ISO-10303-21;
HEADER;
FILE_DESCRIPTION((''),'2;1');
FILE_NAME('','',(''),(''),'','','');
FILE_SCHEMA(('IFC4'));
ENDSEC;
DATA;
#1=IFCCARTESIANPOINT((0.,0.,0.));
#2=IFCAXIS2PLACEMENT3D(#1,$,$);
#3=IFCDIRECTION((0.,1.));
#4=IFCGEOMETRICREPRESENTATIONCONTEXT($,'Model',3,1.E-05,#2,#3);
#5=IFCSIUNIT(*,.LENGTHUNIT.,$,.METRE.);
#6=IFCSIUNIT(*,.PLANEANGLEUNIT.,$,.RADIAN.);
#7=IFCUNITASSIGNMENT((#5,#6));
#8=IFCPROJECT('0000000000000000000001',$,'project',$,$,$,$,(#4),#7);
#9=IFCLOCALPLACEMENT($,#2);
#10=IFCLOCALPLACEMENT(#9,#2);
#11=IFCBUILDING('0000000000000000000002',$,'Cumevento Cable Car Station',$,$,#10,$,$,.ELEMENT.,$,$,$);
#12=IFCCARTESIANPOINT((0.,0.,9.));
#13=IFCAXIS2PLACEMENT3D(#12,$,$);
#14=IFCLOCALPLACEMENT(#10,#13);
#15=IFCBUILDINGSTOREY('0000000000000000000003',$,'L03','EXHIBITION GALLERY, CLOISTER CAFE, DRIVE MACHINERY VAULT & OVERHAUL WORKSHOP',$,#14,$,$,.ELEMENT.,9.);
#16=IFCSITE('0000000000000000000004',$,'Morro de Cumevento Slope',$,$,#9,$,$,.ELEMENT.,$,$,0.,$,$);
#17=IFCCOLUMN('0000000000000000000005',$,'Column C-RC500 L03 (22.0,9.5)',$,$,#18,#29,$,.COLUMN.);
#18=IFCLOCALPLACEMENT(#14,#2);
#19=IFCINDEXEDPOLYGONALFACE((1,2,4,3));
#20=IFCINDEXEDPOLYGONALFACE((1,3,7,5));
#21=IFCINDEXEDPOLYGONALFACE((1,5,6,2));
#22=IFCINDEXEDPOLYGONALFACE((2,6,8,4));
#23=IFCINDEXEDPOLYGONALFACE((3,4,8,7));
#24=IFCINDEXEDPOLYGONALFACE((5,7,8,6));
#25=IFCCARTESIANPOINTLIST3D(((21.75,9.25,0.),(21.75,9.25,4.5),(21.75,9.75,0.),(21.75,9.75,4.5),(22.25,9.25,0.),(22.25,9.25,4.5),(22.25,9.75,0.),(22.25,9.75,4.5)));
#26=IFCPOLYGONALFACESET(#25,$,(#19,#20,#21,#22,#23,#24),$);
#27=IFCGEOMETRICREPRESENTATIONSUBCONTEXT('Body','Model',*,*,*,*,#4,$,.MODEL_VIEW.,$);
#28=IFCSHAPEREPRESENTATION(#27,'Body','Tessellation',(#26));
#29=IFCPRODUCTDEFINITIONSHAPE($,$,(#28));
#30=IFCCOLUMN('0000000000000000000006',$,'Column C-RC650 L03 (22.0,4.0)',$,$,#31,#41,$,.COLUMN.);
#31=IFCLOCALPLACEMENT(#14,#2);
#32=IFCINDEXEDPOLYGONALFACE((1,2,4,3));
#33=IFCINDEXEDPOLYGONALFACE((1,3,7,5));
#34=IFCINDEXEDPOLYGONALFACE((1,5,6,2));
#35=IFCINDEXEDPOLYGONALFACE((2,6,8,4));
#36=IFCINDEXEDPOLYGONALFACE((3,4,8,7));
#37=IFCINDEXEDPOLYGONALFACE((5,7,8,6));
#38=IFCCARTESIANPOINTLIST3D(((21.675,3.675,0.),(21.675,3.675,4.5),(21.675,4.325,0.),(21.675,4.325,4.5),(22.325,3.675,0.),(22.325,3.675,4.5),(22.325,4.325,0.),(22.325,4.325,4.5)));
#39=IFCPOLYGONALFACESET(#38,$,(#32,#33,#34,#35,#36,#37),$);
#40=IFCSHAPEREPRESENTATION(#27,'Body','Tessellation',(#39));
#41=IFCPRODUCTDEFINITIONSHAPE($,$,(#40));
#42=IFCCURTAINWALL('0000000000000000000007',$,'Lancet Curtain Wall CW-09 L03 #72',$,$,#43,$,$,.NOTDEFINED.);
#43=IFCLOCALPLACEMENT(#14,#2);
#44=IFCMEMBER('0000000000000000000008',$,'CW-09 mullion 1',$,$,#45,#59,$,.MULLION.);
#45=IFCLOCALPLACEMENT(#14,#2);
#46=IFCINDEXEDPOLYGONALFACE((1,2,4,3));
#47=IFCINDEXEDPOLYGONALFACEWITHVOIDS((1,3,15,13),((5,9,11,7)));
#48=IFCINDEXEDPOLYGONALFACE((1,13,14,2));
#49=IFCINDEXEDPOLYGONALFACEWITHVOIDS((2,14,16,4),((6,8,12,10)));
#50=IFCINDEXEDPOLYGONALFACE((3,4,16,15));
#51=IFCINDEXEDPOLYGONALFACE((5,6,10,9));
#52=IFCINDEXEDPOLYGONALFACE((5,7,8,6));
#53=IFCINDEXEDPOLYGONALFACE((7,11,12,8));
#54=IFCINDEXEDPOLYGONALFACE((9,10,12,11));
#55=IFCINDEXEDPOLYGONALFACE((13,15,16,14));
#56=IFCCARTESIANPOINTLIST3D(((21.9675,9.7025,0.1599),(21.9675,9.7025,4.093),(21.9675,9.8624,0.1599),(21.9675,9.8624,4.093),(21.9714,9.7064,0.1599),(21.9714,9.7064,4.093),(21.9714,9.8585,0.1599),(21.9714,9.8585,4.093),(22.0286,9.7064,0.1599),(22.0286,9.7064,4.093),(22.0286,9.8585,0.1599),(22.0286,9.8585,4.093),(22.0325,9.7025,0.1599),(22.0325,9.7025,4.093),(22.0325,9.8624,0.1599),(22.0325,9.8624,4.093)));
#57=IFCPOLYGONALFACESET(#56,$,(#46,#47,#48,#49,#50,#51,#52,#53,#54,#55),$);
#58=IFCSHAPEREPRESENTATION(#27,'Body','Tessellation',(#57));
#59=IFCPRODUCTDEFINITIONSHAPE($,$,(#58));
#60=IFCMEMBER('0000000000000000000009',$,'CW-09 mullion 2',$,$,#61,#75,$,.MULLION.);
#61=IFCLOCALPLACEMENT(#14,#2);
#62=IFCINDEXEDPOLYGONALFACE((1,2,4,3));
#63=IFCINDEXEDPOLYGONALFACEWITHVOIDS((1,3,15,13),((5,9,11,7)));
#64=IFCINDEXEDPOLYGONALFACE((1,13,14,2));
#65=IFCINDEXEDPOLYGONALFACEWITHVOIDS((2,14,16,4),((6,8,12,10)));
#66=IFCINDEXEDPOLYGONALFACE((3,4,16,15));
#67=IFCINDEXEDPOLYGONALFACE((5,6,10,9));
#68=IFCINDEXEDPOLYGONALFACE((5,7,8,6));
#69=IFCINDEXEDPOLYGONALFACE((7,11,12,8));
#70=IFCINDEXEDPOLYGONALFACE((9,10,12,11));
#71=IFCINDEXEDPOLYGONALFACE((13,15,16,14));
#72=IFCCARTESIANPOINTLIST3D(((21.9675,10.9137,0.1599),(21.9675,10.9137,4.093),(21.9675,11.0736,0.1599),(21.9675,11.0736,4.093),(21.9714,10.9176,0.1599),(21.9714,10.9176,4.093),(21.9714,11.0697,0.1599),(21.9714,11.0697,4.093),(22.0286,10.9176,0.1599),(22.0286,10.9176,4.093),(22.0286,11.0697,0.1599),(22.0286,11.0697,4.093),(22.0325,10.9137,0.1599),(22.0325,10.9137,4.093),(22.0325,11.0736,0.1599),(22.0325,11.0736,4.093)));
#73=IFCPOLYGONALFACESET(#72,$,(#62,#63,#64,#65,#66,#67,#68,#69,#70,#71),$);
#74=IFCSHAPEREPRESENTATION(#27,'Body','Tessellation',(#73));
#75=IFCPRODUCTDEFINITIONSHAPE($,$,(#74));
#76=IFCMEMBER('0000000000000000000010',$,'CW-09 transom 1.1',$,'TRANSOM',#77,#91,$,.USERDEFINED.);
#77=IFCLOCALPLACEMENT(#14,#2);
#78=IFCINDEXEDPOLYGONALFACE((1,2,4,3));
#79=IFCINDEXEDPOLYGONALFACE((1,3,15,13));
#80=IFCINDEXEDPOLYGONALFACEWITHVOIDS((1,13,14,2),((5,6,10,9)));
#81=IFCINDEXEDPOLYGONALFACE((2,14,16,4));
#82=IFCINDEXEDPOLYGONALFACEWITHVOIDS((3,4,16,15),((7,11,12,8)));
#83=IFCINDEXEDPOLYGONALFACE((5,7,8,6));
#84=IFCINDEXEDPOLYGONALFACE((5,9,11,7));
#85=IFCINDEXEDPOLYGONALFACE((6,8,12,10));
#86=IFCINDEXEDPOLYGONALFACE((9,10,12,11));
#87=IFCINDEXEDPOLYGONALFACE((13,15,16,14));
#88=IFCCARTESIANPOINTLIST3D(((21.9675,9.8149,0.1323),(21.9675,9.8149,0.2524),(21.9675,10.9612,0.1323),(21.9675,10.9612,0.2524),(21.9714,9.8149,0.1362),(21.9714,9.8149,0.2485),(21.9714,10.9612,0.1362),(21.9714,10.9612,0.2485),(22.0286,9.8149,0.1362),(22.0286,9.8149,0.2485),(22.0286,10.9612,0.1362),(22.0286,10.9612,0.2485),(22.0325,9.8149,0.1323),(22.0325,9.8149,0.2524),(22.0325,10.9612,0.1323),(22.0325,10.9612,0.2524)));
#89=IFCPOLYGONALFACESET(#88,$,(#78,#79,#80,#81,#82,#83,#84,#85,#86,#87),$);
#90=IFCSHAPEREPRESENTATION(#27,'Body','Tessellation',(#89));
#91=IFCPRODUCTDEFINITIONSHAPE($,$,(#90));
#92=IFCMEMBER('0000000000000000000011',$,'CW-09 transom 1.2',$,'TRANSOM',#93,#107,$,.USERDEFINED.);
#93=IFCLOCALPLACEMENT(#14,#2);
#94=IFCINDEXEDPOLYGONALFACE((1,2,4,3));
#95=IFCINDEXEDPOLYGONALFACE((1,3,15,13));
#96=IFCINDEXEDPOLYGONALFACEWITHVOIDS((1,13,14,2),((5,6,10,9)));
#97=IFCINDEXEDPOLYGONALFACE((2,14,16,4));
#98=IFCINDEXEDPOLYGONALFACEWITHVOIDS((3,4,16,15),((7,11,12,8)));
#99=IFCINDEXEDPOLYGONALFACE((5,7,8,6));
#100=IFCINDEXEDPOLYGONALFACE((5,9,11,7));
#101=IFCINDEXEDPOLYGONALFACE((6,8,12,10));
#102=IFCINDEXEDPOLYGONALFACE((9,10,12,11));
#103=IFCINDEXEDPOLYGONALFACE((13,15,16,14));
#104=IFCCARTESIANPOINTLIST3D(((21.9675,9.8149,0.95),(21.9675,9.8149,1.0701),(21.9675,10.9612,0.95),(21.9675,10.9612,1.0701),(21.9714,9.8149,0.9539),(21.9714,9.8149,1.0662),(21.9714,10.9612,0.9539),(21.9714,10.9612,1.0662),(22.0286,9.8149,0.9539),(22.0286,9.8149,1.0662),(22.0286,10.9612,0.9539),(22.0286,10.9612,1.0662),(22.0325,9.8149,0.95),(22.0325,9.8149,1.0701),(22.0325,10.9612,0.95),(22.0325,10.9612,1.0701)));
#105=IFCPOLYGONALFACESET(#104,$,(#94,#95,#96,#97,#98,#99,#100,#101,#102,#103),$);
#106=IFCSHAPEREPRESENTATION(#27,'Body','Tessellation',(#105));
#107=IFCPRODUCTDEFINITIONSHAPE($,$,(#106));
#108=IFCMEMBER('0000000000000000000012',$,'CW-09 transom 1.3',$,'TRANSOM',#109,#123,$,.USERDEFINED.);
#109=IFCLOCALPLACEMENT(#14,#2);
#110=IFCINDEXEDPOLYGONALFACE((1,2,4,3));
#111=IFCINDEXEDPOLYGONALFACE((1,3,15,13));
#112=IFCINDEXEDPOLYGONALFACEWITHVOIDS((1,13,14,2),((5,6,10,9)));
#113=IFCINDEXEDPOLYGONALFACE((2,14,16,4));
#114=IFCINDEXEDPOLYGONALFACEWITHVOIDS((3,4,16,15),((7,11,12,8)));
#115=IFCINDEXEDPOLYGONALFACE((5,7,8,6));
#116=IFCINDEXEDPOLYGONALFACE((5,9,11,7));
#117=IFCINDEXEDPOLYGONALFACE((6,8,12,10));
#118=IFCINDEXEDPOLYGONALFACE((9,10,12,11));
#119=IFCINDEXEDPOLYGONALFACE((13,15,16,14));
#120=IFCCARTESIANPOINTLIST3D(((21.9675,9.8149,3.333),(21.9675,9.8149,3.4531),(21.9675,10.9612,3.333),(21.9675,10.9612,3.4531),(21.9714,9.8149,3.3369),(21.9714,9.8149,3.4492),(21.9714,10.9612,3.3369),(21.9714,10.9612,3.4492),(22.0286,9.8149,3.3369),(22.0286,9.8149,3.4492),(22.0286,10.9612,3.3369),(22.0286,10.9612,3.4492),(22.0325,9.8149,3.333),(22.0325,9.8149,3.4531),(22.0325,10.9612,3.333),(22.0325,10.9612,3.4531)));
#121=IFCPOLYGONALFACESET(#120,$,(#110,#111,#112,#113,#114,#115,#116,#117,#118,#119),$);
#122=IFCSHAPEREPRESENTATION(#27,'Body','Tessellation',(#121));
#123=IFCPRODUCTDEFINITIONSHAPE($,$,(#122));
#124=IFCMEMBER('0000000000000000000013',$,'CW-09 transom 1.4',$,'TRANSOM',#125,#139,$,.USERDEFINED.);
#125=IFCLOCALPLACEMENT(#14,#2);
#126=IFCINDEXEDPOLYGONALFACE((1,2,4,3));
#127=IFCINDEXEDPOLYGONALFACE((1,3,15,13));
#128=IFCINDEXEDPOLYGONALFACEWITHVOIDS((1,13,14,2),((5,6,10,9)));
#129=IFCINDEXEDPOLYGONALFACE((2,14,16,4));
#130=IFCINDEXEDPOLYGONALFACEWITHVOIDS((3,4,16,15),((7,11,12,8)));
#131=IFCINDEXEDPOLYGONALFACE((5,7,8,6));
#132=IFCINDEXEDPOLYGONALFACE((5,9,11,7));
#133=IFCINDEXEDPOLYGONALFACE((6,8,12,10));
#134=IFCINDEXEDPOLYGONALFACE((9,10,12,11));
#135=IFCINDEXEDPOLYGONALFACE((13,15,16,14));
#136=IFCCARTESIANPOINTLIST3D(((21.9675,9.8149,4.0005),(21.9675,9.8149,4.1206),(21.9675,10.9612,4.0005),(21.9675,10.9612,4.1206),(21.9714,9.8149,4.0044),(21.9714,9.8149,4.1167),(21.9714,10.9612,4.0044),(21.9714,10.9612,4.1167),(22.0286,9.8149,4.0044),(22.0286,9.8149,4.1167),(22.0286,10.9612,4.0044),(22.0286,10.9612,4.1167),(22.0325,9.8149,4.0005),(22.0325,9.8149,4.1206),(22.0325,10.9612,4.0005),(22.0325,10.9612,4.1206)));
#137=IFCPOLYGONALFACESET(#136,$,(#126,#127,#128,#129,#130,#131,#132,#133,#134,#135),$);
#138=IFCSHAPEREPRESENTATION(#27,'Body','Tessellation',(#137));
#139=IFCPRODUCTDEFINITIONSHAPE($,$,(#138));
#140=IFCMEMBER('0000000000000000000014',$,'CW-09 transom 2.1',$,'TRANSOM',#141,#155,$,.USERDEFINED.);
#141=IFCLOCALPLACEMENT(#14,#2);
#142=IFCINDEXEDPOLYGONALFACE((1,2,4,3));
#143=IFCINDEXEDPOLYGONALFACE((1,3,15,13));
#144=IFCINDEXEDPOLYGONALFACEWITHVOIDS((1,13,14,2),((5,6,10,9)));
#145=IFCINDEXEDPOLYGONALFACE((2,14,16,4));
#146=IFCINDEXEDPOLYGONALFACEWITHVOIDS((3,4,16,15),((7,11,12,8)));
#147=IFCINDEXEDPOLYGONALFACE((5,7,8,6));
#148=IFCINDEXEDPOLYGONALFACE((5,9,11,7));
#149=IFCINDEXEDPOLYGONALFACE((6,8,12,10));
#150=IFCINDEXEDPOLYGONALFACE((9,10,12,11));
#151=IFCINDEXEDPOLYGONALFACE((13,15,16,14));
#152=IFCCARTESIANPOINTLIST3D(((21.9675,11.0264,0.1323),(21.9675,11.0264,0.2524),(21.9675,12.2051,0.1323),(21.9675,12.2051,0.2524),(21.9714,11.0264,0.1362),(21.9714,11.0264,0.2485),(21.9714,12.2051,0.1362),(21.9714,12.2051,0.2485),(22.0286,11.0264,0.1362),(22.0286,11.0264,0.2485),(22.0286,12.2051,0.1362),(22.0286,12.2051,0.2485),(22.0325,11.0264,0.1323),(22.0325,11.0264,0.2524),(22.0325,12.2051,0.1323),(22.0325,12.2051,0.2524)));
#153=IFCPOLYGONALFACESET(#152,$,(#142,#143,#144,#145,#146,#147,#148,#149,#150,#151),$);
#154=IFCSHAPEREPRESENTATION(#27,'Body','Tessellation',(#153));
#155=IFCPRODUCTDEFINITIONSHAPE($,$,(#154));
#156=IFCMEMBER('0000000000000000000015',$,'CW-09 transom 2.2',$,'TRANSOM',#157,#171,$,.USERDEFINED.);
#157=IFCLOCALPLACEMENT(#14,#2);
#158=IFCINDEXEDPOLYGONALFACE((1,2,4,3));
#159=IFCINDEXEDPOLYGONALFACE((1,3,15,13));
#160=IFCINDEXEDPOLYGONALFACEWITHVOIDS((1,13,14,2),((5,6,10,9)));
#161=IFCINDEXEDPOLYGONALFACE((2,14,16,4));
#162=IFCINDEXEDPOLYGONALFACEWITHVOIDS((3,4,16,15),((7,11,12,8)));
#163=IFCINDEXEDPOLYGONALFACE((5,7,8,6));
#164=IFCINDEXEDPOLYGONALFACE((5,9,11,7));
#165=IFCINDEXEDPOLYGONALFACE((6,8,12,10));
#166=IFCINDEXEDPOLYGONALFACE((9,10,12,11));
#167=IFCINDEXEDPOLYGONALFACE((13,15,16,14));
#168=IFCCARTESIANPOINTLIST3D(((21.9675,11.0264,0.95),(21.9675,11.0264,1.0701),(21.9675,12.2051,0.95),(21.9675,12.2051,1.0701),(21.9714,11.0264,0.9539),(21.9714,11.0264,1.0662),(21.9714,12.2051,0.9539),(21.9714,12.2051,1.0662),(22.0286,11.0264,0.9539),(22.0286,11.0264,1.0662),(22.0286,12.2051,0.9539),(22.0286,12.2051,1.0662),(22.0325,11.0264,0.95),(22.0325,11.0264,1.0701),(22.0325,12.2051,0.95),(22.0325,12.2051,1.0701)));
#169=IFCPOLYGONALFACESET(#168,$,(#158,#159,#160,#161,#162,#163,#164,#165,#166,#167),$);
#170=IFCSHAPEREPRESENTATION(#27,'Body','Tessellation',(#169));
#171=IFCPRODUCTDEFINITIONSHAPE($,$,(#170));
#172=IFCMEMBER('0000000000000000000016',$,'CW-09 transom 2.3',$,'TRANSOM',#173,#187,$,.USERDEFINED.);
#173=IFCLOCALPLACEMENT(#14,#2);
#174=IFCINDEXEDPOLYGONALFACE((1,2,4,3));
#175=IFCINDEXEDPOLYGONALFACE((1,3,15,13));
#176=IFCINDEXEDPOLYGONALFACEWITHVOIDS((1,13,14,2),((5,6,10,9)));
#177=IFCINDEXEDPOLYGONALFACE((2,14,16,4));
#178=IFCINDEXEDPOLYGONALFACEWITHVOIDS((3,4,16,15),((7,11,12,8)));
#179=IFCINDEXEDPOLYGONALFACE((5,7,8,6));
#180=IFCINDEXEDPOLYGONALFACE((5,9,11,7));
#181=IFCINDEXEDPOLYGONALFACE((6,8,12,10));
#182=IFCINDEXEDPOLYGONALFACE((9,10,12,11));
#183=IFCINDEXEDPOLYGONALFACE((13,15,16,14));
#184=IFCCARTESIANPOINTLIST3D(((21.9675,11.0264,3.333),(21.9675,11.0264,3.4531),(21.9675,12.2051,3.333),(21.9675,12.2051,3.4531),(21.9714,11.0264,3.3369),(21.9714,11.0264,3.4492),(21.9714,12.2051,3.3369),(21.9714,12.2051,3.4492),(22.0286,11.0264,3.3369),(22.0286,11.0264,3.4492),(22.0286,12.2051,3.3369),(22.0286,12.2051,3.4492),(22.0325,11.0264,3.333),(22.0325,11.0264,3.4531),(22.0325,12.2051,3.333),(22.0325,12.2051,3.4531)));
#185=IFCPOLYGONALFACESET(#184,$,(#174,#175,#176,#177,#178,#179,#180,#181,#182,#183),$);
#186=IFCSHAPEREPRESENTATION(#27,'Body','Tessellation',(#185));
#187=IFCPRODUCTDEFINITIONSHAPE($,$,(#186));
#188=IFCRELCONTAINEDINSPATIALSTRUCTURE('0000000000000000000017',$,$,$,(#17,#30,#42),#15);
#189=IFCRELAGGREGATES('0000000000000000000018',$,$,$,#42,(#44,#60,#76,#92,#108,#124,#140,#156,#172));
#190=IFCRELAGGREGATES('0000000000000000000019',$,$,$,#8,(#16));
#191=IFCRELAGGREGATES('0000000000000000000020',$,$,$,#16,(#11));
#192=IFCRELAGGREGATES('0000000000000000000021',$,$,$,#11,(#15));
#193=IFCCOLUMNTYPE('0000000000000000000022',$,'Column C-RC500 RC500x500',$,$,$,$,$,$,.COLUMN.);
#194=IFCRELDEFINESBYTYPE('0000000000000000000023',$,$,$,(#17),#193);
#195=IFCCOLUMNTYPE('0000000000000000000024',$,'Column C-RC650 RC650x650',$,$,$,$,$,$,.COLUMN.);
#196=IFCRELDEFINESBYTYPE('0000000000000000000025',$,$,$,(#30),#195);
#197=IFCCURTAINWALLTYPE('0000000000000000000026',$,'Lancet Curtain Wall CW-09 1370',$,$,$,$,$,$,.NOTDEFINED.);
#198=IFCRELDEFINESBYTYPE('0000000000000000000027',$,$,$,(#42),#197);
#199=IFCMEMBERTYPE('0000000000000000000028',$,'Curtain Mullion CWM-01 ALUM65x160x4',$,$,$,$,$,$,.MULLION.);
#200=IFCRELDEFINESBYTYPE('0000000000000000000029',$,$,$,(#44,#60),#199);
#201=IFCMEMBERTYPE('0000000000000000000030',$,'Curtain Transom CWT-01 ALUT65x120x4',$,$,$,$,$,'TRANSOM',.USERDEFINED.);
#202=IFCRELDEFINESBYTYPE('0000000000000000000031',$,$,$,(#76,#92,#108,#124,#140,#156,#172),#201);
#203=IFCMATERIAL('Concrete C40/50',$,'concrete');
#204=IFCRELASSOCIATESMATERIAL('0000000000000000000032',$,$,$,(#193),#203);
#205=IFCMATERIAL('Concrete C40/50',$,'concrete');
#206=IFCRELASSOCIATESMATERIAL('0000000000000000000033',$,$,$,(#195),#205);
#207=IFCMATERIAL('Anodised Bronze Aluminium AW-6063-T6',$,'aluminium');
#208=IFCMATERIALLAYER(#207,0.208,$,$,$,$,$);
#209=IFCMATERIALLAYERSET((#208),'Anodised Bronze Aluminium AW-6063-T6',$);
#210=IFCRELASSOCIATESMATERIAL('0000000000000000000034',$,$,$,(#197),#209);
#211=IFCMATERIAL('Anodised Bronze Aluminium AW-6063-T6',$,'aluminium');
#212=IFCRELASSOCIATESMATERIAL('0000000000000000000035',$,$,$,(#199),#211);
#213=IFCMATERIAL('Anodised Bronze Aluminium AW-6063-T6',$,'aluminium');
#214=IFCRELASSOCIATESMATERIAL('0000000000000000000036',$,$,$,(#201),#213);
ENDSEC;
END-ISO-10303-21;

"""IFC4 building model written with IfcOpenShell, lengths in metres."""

from ifc_helpers import new_model, si_unit, direction, frame, origin, origin_2d, place, context, subcontext, project, spatial, rectangle, hollow_rectangle, extrude, material, layer, layer_set, material_profile, profile_set, type_object, element, aggregate, save


model = new_model("IFC4")

# Units and contexts
model_context = context("Model", 3, precision=1e-05, world=origin(), true_north=direction((0.0, 1.0)))
body_context = subcontext(model_context, "Body", "Model", "MODEL_VIEW")
ifc_project = project(units=[si_unit("LENGTHUNIT", "METRE"), si_unit("PLANEANGLEUNIT", "RADIAN")], contexts=[model_context])

# Site, building, storey
site_placement = place(None, origin())
site = spatial("IfcSite", under=ifc_project, at=site_placement, Name="Morro de Cumevento Slope", CompositionType="ELEMENT", RefElevation=0.0)
building_placement = place(site_placement, origin())
building = spatial("IfcBuilding", under=site, at=building_placement, Name="Cumevento Cable Car Station", CompositionType="ELEMENT")
storey_placement = place(building_placement, frame((0.0, 0.0, 9.0)))
storey = spatial("IfcBuildingStorey", under=building, at=storey_placement, Name="L03", Description="EXHIBITION GALLERY, CLOISTER CAFE, DRIVE MACHINERY VAULT & OVERHAUL WORKSHOP", CompositionType="ELEMENT", Elevation=9.0)

# Columns
ifc_material_1 = material(Name="Concrete C40/50", Category="concrete")
ifc_material_profile_1 = material_profile(ifc_material_1, rectangle(XDim=0.5, YDim=0.5, at=origin_2d()), Name="RC500x500")
ifc_profile_set_1 = profile_set([ifc_material_profile_1], Name="Concrete C40/50")
column_type_1 = type_object("IfcColumnType", Name="Column C-RC500 RC500x500", PredefinedType="COLUMN", material=ifc_profile_set_1)
column_1_placement = place(storey_placement, frame((22.0, 9.5, 0.0), z_axis=(0.0, 0.0, 1.0), x_axis=(1.0, 0.0, 0.0)))
element("IfcColumn", 1, at=column_1_placement, inside=storey, type_object=column_type_1, Name="Column C-RC500 L03 (22.0,9.5)", PredefinedType="COLUMN", context=body_context, shape_type="SweptSolid", body=[
    extrude(rectangle(XDim=0.5, YDim=0.5, at=origin_2d()), origin(), (0.0, 0.0, 1.0), 4.5),
])
ifc_material_2 = material(Name="Concrete C40/50", Category="concrete")
ifc_material_profile_2 = material_profile(ifc_material_2, rectangle(XDim=0.6499, YDim=0.6499, at=origin_2d()), Name="RC650x650")
ifc_profile_set_2 = profile_set([ifc_material_profile_2], Name="Concrete C40/50")
column_type_2 = type_object("IfcColumnType", Name="Column C-RC650 RC650x650", PredefinedType="COLUMN", material=ifc_profile_set_2)
column_2_placement = place(storey_placement, frame((22.0, 4.0, 0.0), z_axis=(0.0, 0.0, 1.0), x_axis=(1.0, 0.0, 0.0)))
element("IfcColumn", 2, at=column_2_placement, inside=storey, type_object=column_type_2, Name="Column C-RC650 L03 (22.0,4.0)", PredefinedType="COLUMN", context=body_context, shape_type="SweptSolid", body=[
    extrude(rectangle(XDim=0.6499, YDim=0.6499, at=origin_2d()), origin(), (0.0, 0.0, 1.0), 4.5),
])

# Curtain wall, members
ifc_material_3 = material(Name="Anodised Bronze Aluminium AW-6063-T6", Category="aluminium")
ifc_layer_1 = layer(ifc_material_3, 0.208)
ifc_layer_set_1 = layer_set([ifc_layer_1], Name="Anodised Bronze Aluminium AW-6063-T6")
curtain_wall_type = type_object("IfcCurtainWallType", Name="Lancet Curtain Wall CW-09 1370", PredefinedType="NOTDEFINED", material=ifc_layer_set_1)
curtain_wall_placement = place(storey_placement, origin())
curtain_wall = element("IfcCurtainWall", 3, at=curtain_wall_placement, inside=storey, type_object=curtain_wall_type, Name="Lancet Curtain Wall CW-09 L03 #72", PredefinedType="NOTDEFINED")
ifc_material_4 = material(Name="Anodised Bronze Aluminium AW-6063-T6", Category="aluminium")
ifc_material_profile_3 = material_profile(ifc_material_4, hollow_rectangle(XDim=0.0649, YDim=0.1599, WallThickness=0.0039, at=origin_2d()), Name="ALUM65x160x4")
ifc_profile_set_3 = profile_set([ifc_material_profile_3], Name="Anodised Bronze Aluminium AW-6063-T6")
member_type_1 = type_object("IfcMemberType", Name="Curtain Mullion CWM-01 ALUM65x160x4", PredefinedType="MULLION", material=ifc_profile_set_3)
member_1_placement = place(storey_placement, frame((22.0, 9.7825, 0.1599), z_axis=(0.0, 0.0, 1.0), x_axis=(-1.0, 0.0, 0.0)))
member_1 = element("IfcMember", 4, at=member_1_placement, type_object=member_type_1, Name="CW-09 mullion 1", PredefinedType="MULLION", context=body_context, shape_type="SweptSolid", body=[
    extrude(hollow_rectangle(XDim=0.0649, YDim=0.1599, WallThickness=0.0039, at=origin_2d()), origin(), (0.0, 0.0, 1.0), 3.9331),
])
member_2_placement = place(storey_placement, frame((22.0, 10.9937, 0.1599), z_axis=(0.0, 0.0, 1.0), x_axis=(-1.0, 0.0, 0.0)))
member_2 = element("IfcMember", 5, at=member_2_placement, type_object=member_type_1, Name="CW-09 mullion 2", PredefinedType="MULLION", context=body_context, shape_type="SweptSolid", body=[
    extrude(hollow_rectangle(XDim=0.0649, YDim=0.1599, WallThickness=0.0039, at=origin_2d()), origin(), (0.0, 0.0, 1.0), 3.9331),
])
ifc_material_5 = material(Name="Anodised Bronze Aluminium AW-6063-T6", Category="aluminium")
ifc_material_profile_4 = material_profile(ifc_material_5, hollow_rectangle(XDim=0.0649, YDim=0.1201, WallThickness=0.0039, at=origin_2d()), Name="ALUT65x120x4")
ifc_profile_set_4 = profile_set([ifc_material_profile_4], Name="Anodised Bronze Aluminium AW-6063-T6")
member_type_2 = type_object("IfcMemberType", Name="Curtain Transom CWT-01 ALUT65x120x4", ElementType="TRANSOM", PredefinedType="USERDEFINED", material=ifc_profile_set_4)
member_3_placement = place(storey_placement, frame((22.0, 9.8149, 0.1924), z_axis=(0.0, 1.0, 0.0), x_axis=(-1.0, 0.0, 0.0)))
member_3 = element("IfcMember", 6, at=member_3_placement, type_object=member_type_2, Name="CW-09 transom 1.1", ObjectType="TRANSOM", PredefinedType="USERDEFINED", context=body_context, shape_type="SweptSolid", body=[
    extrude(hollow_rectangle(XDim=0.0649, YDim=0.1201, WallThickness=0.0039, at=origin_2d()), origin(), (0.0, 0.0, 1.0), 1.1462),
])
member_4_placement = place(storey_placement, frame((22.0, 9.8149, 1.01), z_axis=(0.0, 1.0, 0.0), x_axis=(-1.0, 0.0, 0.0)))
member_4 = element("IfcMember", 7, at=member_4_placement, type_object=member_type_2, Name="CW-09 transom 1.2", ObjectType="TRANSOM", PredefinedType="USERDEFINED", context=body_context, shape_type="SweptSolid", body=[
    extrude(hollow_rectangle(XDim=0.0649, YDim=0.1201, WallThickness=0.0039, at=origin_2d()), origin(), (0.0, 0.0, 1.0), 1.1462),
])
member_5_placement = place(storey_placement, frame((22.0, 9.8149, 3.3931), z_axis=(0.0, 1.0, 0.0), x_axis=(-1.0, 0.0, 0.0)))
member_5 = element("IfcMember", 8, at=member_5_placement, type_object=member_type_2, Name="CW-09 transom 1.3", ObjectType="TRANSOM", PredefinedType="USERDEFINED", context=body_context, shape_type="SweptSolid", body=[
    extrude(hollow_rectangle(XDim=0.0649, YDim=0.1201, WallThickness=0.0039, at=origin_2d()), origin(), (0.0, 0.0, 1.0), 1.1462),
])
member_6_placement = place(storey_placement, frame((22.0, 9.8149, 4.0605), z_axis=(0.0, 1.0, 0.0), x_axis=(-1.0, 0.0, 0.0)))
member_6 = element("IfcMember", 9, at=member_6_placement, type_object=member_type_2, Name="CW-09 transom 1.4", ObjectType="TRANSOM", PredefinedType="USERDEFINED", context=body_context, shape_type="SweptSolid", body=[
    extrude(hollow_rectangle(XDim=0.0649, YDim=0.1201, WallThickness=0.0039, at=origin_2d()), origin(), (0.0, 0.0, 1.0), 1.1462),
])
member_7_placement = place(storey_placement, frame((22.0, 11.0264, 0.1924), z_axis=(0.0, 1.0, 0.0), x_axis=(-1.0, 0.0, 0.0)))
member_7 = element("IfcMember", 10, at=member_7_placement, type_object=member_type_2, Name="CW-09 transom 2.1", ObjectType="TRANSOM", PredefinedType="USERDEFINED", context=body_context, shape_type="SweptSolid", body=[
    extrude(hollow_rectangle(XDim=0.0649, YDim=0.1201, WallThickness=0.0039, at=origin_2d()), origin(), (0.0, 0.0, 1.0), 1.1787),
])
member_8_placement = place(storey_placement, frame((22.0, 11.0264, 1.01), z_axis=(0.0, 1.0, 0.0), x_axis=(-1.0, 0.0, 0.0)))
member_8 = element("IfcMember", 11, at=member_8_placement, type_object=member_type_2, Name="CW-09 transom 2.2", ObjectType="TRANSOM", PredefinedType="USERDEFINED", context=body_context, shape_type="SweptSolid", body=[
    extrude(hollow_rectangle(XDim=0.0649, YDim=0.1201, WallThickness=0.0039, at=origin_2d()), origin(), (0.0, 0.0, 1.0), 1.1787),
])
member_9_placement = place(storey_placement, frame((22.0, 11.0264, 3.3931), z_axis=(0.0, 1.0, 0.0), x_axis=(-1.0, 0.0, 0.0)))
member_9 = element("IfcMember", 12, at=member_9_placement, type_object=member_type_2, Name="CW-09 transom 2.3", ObjectType="TRANSOM", PredefinedType="USERDEFINED", context=body_context, shape_type="SweptSolid", body=[
    extrude(hollow_rectangle(XDim=0.0649, YDim=0.1201, WallThickness=0.0039, at=origin_2d()), origin(), (0.0, 0.0, 1.0), 1.1787),
])

aggregate(curtain_wall, [member_1, member_2, member_3, member_4, member_5, member_6, member_7, member_8, member_9])

save(model, "model.ifc")
